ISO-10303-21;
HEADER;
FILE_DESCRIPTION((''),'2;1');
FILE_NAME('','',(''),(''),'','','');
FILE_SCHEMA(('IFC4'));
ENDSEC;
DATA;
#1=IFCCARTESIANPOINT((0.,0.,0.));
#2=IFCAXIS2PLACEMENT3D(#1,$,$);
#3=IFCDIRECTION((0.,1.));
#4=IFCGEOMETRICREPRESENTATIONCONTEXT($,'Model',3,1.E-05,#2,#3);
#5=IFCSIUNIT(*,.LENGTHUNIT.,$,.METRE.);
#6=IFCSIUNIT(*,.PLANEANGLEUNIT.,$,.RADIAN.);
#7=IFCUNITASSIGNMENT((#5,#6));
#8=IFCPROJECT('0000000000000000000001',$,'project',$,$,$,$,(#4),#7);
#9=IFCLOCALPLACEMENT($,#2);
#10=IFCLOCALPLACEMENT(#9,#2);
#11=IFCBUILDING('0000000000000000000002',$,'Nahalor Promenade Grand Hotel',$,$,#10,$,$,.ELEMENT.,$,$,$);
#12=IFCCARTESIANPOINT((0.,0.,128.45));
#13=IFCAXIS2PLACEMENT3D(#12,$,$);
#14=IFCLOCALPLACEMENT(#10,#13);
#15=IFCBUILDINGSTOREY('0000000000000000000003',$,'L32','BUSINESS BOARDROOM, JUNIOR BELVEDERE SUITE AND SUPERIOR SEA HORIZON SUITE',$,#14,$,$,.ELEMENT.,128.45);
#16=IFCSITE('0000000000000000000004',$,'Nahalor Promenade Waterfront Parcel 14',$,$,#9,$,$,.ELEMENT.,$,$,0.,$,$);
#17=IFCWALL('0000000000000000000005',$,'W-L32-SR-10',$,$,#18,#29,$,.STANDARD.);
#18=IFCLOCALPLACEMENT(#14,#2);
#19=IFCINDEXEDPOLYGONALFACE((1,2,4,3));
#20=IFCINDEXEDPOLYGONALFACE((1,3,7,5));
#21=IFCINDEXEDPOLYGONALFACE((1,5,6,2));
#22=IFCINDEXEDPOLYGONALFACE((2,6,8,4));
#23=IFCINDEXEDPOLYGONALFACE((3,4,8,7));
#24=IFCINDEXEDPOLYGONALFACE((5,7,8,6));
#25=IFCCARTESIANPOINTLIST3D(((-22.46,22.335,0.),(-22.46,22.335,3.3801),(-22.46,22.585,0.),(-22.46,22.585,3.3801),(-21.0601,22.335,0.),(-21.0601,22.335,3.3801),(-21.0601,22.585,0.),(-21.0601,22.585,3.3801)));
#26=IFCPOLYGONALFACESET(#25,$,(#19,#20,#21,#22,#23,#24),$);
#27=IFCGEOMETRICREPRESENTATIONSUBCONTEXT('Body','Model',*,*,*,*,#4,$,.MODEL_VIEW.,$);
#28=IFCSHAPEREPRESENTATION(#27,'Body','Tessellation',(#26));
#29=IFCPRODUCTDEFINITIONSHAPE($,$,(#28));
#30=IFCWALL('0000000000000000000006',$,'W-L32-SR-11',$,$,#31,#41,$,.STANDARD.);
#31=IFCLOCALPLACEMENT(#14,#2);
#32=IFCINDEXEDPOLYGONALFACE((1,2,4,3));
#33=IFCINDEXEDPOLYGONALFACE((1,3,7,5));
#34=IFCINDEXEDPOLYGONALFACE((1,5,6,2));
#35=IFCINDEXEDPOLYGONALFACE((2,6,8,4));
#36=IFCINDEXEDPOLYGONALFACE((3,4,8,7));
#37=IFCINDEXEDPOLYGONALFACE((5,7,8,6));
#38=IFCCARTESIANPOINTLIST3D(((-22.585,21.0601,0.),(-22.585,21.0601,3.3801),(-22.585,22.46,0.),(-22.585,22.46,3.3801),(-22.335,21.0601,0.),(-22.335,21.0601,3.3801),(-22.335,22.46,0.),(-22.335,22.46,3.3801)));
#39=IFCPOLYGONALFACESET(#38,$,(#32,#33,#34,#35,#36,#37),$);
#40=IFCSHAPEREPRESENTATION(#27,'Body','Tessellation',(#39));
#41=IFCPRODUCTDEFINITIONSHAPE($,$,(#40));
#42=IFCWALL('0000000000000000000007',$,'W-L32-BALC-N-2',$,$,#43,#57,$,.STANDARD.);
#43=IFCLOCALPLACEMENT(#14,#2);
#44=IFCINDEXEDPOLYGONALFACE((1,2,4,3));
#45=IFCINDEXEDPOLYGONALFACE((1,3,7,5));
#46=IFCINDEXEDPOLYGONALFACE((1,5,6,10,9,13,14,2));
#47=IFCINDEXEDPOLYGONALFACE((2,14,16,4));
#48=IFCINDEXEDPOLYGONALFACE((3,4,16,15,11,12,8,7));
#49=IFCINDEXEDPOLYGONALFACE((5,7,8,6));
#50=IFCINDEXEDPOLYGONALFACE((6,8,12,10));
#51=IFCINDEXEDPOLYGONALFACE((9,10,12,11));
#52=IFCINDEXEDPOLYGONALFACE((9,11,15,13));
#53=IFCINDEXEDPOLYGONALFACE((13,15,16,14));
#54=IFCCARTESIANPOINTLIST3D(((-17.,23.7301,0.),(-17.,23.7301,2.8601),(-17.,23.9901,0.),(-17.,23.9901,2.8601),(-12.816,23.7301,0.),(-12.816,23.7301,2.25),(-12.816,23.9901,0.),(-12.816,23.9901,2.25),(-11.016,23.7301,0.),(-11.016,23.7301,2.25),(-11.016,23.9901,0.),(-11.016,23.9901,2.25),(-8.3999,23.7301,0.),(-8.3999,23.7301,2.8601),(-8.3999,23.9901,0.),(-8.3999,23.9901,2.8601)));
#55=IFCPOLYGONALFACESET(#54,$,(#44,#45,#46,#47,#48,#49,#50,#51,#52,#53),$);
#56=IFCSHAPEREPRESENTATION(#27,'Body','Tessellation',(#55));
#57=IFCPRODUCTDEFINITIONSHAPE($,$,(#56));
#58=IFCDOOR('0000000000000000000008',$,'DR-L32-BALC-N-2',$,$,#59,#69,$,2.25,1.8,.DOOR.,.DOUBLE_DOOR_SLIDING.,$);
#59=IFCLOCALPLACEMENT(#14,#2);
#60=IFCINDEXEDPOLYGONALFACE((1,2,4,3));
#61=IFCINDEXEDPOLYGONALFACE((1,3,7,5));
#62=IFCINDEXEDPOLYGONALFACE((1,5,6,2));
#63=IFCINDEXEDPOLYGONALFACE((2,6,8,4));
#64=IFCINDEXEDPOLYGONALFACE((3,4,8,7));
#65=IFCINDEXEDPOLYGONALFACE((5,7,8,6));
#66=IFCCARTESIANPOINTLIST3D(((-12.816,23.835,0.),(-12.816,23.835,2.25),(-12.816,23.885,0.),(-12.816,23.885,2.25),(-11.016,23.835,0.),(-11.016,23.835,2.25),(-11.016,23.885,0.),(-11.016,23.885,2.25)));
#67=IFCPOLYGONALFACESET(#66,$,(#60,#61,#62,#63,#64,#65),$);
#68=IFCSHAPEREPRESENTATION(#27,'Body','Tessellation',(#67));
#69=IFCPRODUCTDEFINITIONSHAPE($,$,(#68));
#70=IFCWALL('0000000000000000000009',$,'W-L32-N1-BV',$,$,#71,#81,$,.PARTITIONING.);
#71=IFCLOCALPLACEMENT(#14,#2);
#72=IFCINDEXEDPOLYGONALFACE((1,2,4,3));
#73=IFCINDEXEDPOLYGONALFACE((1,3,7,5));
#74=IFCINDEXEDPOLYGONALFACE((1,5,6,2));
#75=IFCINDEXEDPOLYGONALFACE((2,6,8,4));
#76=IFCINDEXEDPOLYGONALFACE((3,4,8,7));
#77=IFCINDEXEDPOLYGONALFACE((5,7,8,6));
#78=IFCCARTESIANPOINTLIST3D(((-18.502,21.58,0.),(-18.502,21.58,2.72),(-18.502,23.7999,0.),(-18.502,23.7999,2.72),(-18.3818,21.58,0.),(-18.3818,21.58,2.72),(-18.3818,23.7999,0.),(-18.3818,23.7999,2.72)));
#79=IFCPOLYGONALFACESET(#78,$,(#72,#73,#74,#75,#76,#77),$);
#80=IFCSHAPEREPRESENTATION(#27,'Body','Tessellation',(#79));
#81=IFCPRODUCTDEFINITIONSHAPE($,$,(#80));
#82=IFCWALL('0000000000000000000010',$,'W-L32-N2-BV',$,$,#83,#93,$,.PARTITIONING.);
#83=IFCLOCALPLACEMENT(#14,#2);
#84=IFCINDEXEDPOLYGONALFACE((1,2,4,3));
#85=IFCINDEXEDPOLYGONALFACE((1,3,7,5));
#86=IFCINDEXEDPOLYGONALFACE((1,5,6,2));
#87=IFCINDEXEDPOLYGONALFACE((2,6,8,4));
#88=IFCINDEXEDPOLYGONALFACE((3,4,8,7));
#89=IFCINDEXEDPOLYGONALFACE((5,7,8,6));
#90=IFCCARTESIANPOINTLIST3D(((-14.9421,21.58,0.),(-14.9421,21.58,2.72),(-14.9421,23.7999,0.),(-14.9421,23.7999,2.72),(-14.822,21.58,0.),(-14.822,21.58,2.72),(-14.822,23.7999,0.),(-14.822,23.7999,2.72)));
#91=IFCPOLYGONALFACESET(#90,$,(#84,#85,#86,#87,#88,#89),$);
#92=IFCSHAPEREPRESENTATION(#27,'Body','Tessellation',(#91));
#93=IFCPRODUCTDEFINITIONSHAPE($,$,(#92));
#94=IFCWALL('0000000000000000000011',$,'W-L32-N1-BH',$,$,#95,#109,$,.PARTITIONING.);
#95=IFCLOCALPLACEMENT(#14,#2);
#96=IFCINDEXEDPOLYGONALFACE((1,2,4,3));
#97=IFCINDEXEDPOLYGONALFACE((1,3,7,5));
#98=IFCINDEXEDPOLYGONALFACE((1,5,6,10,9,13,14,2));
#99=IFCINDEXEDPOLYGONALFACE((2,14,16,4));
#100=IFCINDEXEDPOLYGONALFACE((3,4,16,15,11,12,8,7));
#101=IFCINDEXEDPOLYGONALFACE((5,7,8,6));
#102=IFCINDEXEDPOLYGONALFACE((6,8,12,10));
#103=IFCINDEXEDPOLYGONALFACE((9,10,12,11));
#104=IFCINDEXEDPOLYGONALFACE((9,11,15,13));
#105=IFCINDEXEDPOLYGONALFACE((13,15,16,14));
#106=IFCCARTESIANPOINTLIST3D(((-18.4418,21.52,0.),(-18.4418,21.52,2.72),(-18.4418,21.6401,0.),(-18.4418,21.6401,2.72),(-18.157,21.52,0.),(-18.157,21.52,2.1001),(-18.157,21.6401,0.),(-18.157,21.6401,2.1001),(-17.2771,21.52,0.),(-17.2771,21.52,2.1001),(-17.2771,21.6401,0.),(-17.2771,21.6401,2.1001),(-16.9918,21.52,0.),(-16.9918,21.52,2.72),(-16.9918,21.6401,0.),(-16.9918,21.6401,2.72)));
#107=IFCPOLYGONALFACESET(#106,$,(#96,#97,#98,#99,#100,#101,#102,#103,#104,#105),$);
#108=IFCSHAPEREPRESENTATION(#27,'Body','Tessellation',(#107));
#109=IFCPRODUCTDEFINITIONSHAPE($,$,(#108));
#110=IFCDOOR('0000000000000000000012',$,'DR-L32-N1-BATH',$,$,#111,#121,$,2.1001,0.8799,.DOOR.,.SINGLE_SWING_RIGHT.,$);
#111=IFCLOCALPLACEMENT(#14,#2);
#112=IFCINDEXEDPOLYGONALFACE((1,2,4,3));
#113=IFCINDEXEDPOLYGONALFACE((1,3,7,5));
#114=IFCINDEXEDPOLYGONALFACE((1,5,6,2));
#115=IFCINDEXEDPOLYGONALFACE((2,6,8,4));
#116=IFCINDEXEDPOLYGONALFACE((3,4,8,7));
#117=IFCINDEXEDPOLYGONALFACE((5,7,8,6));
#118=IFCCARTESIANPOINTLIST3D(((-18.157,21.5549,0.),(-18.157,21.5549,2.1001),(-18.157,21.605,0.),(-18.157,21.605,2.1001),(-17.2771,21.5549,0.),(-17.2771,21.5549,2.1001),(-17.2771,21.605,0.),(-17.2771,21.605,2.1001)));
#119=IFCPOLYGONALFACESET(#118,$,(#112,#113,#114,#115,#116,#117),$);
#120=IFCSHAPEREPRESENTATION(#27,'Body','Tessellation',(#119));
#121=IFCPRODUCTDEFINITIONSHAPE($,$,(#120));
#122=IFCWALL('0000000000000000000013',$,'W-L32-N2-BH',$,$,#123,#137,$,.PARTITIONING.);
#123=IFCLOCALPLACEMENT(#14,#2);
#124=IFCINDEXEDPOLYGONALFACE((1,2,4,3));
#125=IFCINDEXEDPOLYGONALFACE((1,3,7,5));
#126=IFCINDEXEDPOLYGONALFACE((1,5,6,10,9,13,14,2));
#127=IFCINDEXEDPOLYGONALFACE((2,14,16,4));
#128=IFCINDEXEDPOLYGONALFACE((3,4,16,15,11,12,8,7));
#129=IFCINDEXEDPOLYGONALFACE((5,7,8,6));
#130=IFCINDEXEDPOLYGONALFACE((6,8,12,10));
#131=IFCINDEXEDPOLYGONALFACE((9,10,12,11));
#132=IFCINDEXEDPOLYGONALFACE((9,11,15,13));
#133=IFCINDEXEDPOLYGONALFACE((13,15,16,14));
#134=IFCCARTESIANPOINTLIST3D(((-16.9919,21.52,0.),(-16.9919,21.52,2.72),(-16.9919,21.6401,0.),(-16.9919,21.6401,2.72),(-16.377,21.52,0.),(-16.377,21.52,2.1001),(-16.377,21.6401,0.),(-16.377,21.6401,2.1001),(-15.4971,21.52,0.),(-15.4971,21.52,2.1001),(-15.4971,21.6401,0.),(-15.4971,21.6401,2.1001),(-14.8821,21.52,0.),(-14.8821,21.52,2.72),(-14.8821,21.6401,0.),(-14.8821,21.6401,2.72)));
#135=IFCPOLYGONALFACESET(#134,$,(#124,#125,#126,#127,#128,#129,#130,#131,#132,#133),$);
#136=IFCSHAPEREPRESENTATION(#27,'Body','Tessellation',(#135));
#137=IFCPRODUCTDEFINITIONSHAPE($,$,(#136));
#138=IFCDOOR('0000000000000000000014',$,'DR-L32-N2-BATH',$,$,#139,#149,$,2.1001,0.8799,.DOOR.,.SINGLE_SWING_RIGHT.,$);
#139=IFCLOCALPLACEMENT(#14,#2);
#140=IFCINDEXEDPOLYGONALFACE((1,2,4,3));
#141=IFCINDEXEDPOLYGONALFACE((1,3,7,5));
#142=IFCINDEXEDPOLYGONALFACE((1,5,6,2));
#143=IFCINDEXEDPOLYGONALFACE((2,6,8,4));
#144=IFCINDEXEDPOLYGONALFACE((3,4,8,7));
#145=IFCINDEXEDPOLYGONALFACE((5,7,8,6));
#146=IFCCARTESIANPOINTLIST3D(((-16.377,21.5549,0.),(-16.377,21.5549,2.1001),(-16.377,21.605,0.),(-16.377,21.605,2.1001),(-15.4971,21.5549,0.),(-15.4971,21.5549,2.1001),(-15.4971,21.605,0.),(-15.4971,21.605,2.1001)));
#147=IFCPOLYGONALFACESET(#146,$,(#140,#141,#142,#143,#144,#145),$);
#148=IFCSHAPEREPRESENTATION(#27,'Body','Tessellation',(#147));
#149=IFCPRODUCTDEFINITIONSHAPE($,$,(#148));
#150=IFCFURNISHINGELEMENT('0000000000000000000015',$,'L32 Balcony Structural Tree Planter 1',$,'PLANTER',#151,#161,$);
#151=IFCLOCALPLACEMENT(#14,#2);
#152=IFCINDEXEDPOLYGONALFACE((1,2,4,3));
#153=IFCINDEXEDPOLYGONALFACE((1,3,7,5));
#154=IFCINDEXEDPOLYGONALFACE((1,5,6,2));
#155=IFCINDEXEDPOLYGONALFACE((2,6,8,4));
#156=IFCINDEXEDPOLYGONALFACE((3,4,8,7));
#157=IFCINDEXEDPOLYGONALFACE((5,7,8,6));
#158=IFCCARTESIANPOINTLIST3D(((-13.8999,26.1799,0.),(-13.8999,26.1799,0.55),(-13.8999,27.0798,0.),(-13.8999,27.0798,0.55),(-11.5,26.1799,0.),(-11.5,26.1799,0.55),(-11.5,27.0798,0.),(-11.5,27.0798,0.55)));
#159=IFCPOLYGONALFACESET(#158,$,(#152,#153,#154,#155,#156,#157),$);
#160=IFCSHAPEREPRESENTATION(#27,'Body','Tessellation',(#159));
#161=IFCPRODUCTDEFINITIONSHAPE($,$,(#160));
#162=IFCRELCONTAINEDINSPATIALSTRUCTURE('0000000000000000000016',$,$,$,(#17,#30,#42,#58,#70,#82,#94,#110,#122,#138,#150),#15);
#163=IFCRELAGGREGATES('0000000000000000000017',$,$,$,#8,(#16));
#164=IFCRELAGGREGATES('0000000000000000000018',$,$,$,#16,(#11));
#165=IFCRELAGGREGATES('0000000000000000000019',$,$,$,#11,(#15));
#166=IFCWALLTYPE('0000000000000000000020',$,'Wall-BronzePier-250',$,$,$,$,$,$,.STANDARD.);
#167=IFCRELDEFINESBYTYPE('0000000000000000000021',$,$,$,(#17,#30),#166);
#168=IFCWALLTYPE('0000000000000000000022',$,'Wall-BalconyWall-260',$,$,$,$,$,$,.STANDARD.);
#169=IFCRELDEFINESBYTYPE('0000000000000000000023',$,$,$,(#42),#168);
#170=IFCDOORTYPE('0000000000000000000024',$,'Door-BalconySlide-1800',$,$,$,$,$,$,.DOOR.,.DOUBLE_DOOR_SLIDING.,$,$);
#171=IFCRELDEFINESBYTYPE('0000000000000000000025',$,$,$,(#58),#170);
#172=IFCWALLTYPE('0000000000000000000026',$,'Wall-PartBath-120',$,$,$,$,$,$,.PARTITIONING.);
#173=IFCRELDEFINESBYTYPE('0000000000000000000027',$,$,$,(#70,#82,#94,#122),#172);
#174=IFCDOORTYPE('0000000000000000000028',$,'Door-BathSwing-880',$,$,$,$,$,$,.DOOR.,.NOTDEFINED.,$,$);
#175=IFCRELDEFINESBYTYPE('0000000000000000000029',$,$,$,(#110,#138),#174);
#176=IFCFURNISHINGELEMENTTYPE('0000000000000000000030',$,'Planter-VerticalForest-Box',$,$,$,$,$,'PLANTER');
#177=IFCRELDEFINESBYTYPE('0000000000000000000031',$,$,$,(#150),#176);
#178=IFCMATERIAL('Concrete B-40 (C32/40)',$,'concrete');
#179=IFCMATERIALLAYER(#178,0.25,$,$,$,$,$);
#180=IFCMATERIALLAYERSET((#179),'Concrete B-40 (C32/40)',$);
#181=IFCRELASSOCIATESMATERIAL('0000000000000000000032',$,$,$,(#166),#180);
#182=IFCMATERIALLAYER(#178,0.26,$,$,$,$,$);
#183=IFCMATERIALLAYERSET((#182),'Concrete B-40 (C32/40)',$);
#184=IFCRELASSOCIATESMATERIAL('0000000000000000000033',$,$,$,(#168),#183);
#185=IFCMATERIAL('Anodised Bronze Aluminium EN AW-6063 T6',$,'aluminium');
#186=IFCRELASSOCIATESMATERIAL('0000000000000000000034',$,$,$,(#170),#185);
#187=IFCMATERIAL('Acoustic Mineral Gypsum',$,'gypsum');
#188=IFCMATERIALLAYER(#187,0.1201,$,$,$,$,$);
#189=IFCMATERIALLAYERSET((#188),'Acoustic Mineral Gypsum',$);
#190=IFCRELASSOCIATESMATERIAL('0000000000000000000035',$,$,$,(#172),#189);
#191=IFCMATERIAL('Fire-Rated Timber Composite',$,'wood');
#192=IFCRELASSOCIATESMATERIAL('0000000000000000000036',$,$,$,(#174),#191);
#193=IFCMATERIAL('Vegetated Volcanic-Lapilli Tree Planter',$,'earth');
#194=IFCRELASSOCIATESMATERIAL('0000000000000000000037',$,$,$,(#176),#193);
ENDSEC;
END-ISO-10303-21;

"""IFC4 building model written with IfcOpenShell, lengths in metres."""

from ifc_helpers import new_model, si_unit, direction, frame, frame_2d, origin, origin_2d, place, context, subcontext, project, spatial, rectangle, extrude, source, transform, mapped, material, layer, layer_set, type_object, element, fill, save


model = new_model("IFC4")

# Units and contexts
model_context = context("Model", 3, precision=1e-05, world=origin(), true_north=direction((0.0, 1.0)))
body_context = subcontext(model_context, "Body", "Model", "MODEL_VIEW")
ifc_project = project(units=[si_unit("LENGTHUNIT", "METRE"), si_unit("PLANEANGLEUNIT", "RADIAN")], contexts=[model_context])

# Site, building, storey
site_placement = place(None, origin())
site = spatial("IfcSite", under=ifc_project, at=site_placement, Name="Nahalor Promenade Waterfront Parcel 14", CompositionType="ELEMENT", RefElevation=0.0)
building_placement = place(site_placement, origin())
building = spatial("IfcBuilding", under=site, at=building_placement, Name="Nahalor Promenade Grand Hotel", CompositionType="ELEMENT")
storey_placement = place(building_placement, frame((0.0, 0.0, 128.45)))
storey = spatial("IfcBuildingStorey", under=building, at=storey_placement, Name="L32", Description="BUSINESS BOARDROOM, JUNIOR BELVEDERE SUITE AND SUPERIOR SEA HORIZON SUITE", CompositionType="ELEMENT", Elevation=128.45)

# Shared definitions
ifc_material_1 = material(Name="Anodised Bronze Aluminium EN AW-6063 T6", Category="aluminium")

# Walls
ifc_material_2 = material(Name="Concrete B-40 (C32/40)", Category="concrete")
ifc_layer_1 = layer(ifc_material_2, 0.25)
ifc_layer_set_1 = layer_set([ifc_layer_1], Name="Concrete B-40 (C32/40)")
wall_type_1 = type_object("IfcWallType", Name="Wall-BronzePier-250", PredefinedType="STANDARD", material=ifc_layer_set_1)
shared_shape_1 = source(origin(), body_context, "Body", "SweptSolid", [
    extrude(rectangle(XDim=1.3999, YDim=0.25, at=frame_2d((0.7, 0.0))), origin(), (0.0, 0.0, 1.0), 3.3801),
])
for number, where, z_axis, x_axis, name in (
    (1, (-22.46, 22.46, 0.0), (0.0, 0.0, 1.0), (1.0, 0.0, 0.0), "W-L32-SR-10"),
    (2, (-22.46, 21.0601, 0.0), (0.0, 0.0, 1.0), (0.0, 1.0, 0.0), "W-L32-SR-11"),
):
    element("IfcWall", number, at=place(storey_placement, frame(where, z_axis=z_axis, x_axis=x_axis)), inside=storey, type_object=wall_type_1, Name=name, PredefinedType="STANDARD", context=body_context, shape_type="MappedRepresentation", body=[
        mapped(shared_shape_1, transform((0.0, 0.0, 0.0), scale=1.0)),
    ])

# Wall, opening, door
ifc_layer_2 = layer(ifc_material_2, 0.26)
ifc_layer_set_2 = layer_set([ifc_layer_2], Name="Concrete B-40 (C32/40)")
wall_type_2 = type_object("IfcWallType", Name="Wall-BalconyWall-260", PredefinedType="STANDARD", material=ifc_layer_set_2)
shared_shape_2 = source(origin(), body_context, "Body", "SweptSolid", [
    extrude(rectangle(XDim=8.6001, YDim=0.26, at=frame_2d((4.3, 0.0))), origin(), (0.0, 0.0, 1.0), 2.8601),
])
wall_1_placement = place(storey_placement, frame((-17.0, 23.8601, 0.0), z_axis=(0.0, 0.0, 1.0), x_axis=(1.0, 0.0, 0.0)))
wall_1 = element("IfcWall", 3, at=wall_1_placement, inside=storey, type_object=wall_type_2, Name="W-L32-BALC-N-2", PredefinedType="STANDARD", context=body_context, shape_type="MappedRepresentation", body=[
    mapped(shared_shape_2, transform((0.0, 0.0, 0.0), scale=1.0)),
])
opening_1_placement = place(wall_1_placement, frame((4.1841, 0.0, 0.0)))
opening_1 = element("IfcOpeningElement", 4, at=opening_1_placement, cuts=wall_1, PredefinedType="OPENING", context=body_context, shape_type="SweptSolid", body=[
    extrude(rectangle(XDim=1.8, YDim=2.25, at=frame_2d((0.8999, 1.125))), frame((0.0, 0.1399, 0.0), z_axis=(0.0, -1.0, 0.0), x_axis=(1.0, 0.0, 0.0)), (0.0, 0.0, 1.0), 0.28),
])
door_type_1 = type_object("IfcDoorType", Name="Door-BalconySlide-1800", OperationType="DOUBLE_DOOR_SLIDING", PredefinedType="DOOR", material=ifc_material_1)
shared_shape_3 = source(origin(), body_context, "Body", "SweptSolid", [
    extrude(rectangle(XDim=1.8, YDim=2.25, at=frame_2d((0.8999, 1.125))), frame((0.0, 0.0249, 0.0), z_axis=(0.0, -1.0, 0.0), x_axis=(1.0, 0.0, 0.0)), (0.0, 0.0, 1.0), 0.05),
])
door_1_placement = place(opening_1_placement, origin())
door_1 = element("IfcDoor", 5, at=door_1_placement, inside=storey, type_object=door_type_1, Name="DR-L32-BALC-N-2", OperationType="DOUBLE_DOOR_SLIDING", OverallHeight=2.25, OverallWidth=1.8, PredefinedType="DOOR", context=body_context, shape_type="MappedRepresentation", body=[
    mapped(shared_shape_3, transform((0.0, 0.0, 0.0), scale=1.0)),
])
fill(opening_1, door_1)

# Walls
ifc_material_3 = material(Name="Acoustic Mineral Gypsum", Category="gypsum")
ifc_layer_3 = layer(ifc_material_3, 0.1201)
ifc_layer_set_3 = layer_set([ifc_layer_3], Name="Acoustic Mineral Gypsum")
wall_type_3 = type_object("IfcWallType", Name="Wall-PartBath-120", PredefinedType="PARTITIONING", material=ifc_layer_set_3)
shared_shape_4 = source(origin(), body_context, "Body", "SweptSolid", [
    extrude(rectangle(XDim=2.22, YDim=0.1201, at=frame_2d((1.1099, 0.0))), origin(), (0.0, 0.0, 1.0), 2.72),
])
for number, where, z_axis, x_axis, name in (
    (6, (-18.4419, 21.5801, 0.0), (0.0, 0.0, 1.0), (0.0, 1.0, 0.0), "W-L32-N1-BV"),
    (7, (-14.8821, 21.5801, 0.0), (0.0, 0.0, 1.0), (0.0, 1.0, 0.0), "W-L32-N2-BV"),
):
    element("IfcWall", number, at=place(storey_placement, frame(where, z_axis=z_axis, x_axis=x_axis)), inside=storey, type_object=wall_type_3, Name=name, PredefinedType="PARTITIONING", context=body_context, shape_type="MappedRepresentation", body=[
        mapped(shared_shape_4, transform((0.0, 0.0, 0.0), scale=1.0)),
    ])

# Walls, openings, doors
shared_shape_5 = source(origin(), body_context, "Body", "SweptSolid", [
    extrude(rectangle(XDim=1.45, YDim=0.1201, at=frame_2d((0.7251, 0.0))), origin(), (0.0, 0.0, 1.0), 2.72),
])
wall_2_placement = place(storey_placement, frame((-18.4419, 21.5801, 0.0), z_axis=(0.0, 0.0, 1.0), x_axis=(1.0, 0.0, 0.0)))
wall_2 = element("IfcWall", 8, at=wall_2_placement, inside=storey, type_object=wall_type_3, Name="W-L32-N1-BH", PredefinedType="PARTITIONING", context=body_context, shape_type="MappedRepresentation", body=[
    mapped(shared_shape_5, transform((0.0, 0.0, 0.0), scale=1.0)),
])
opening_2_placement = place(wall_2_placement, frame((0.2849, 0.0, 0.0)))
opening_2 = element("IfcOpeningElement", 9, at=opening_2_placement, cuts=wall_2, PredefinedType="OPENING", context=body_context, shape_type="SweptSolid", body=[
    extrude(rectangle(XDim=0.8799, YDim=2.1001, at=frame_2d((0.4399, 1.05))), frame((0.0, 0.0701, 0.0), z_axis=(0.0, -1.0, 0.0), x_axis=(1.0, 0.0, 0.0)), (0.0, 0.0, 1.0), 0.1401),
])
ifc_material_4 = material(Name="Fire-Rated Timber Composite", Category="wood")
door_type_2 = type_object("IfcDoorType", Name="Door-BathSwing-880", OperationType="NOTDEFINED", PredefinedType="DOOR", material=ifc_material_4)
shared_shape_6 = source(origin(), body_context, "Body", "SweptSolid", [
    extrude(rectangle(XDim=0.8799, YDim=2.1001, at=frame_2d((0.4399, 1.05))), frame((0.0, 0.0249, 0.0), z_axis=(0.0, -1.0, 0.0), x_axis=(1.0, 0.0, 0.0)), (0.0, 0.0, 1.0), 0.05),
])
door_2_placement = place(opening_2_placement, origin())
door_2 = element("IfcDoor", 10, at=door_2_placement, inside=storey, type_object=door_type_2, Name="DR-L32-N1-BATH", OperationType="SINGLE_SWING_RIGHT", OverallHeight=2.1001, OverallWidth=0.8799, PredefinedType="DOOR", context=body_context, shape_type="MappedRepresentation", body=[
    mapped(shared_shape_6, transform((0.0, 0.0, 0.0), scale=1.0)),
])
fill(opening_2, door_2)
shared_shape_7 = source(origin(), body_context, "Body", "SweptSolid", [
    extrude(rectangle(XDim=2.1099, YDim=0.1201, at=frame_2d((1.0549, 0.0))), origin(), (0.0, 0.0, 1.0), 2.72),
])
wall_3_placement = place(storey_placement, frame((-16.9919, 21.5801, 0.0), z_axis=(0.0, 0.0, 1.0), x_axis=(1.0, 0.0, 0.0)))
wall_3 = element("IfcWall", 11, at=wall_3_placement, inside=storey, type_object=wall_type_3, Name="W-L32-N2-BH", PredefinedType="PARTITIONING", context=body_context, shape_type="MappedRepresentation", body=[
    mapped(shared_shape_7, transform((0.0, 0.0, 0.0), scale=1.0)),
])
opening_3_placement = place(wall_3_placement, frame((0.615, 0.0, 0.0)))
opening_3 = element("IfcOpeningElement", 12, at=opening_3_placement, cuts=wall_3, PredefinedType="OPENING", context=body_context, shape_type="SweptSolid", body=[
    extrude(rectangle(XDim=0.8799, YDim=2.1001, at=frame_2d((0.4399, 1.05))), frame((0.0, 0.0701, 0.0), z_axis=(0.0, -1.0, 0.0), x_axis=(1.0, 0.0, 0.0)), (0.0, 0.0, 1.0), 0.1401),
])
door_3_placement = place(opening_3_placement, origin())
door_3 = element("IfcDoor", 13, at=door_3_placement, inside=storey, type_object=door_type_2, Name="DR-L32-N2-BATH", OperationType="SINGLE_SWING_RIGHT", OverallHeight=2.1001, OverallWidth=0.8799, PredefinedType="DOOR", context=body_context, shape_type="MappedRepresentation", body=[
    mapped(shared_shape_6, transform((0.0, 0.0, 0.0), scale=1.0)),
])
fill(opening_3, door_3)

# Furnishing element
ifc_material_5 = material(Name="Vegetated Volcanic-Lapilli Tree Planter", Category="earth")
furnishing_element_type = type_object("IfcFurnishingElementType", Name="Planter-VerticalForest-Box", ElementType="PLANTER", material=ifc_material_5)
shared_shape_8 = source(origin(), body_context, "Body", "SweptSolid", [
    extrude(rectangle(XDim=2.3999, YDim=0.8999, at=origin_2d()), origin(), (0.0, 0.0, 1.0), 0.55),
])
furnishing_placement = place(storey_placement, frame((-12.7, 26.6299, 0.0), z_axis=(0.0, 0.0, 1.0), x_axis=(1.0, 0.0, 0.0)))
element("IfcFurnishingElement", 14, at=furnishing_placement, inside=storey, type_object=furnishing_element_type, Name="L32 Balcony Structural Tree Planter 1", ObjectType="PLANTER", context=body_context, shape_type="MappedRepresentation", body=[
    mapped(shared_shape_8, transform((0.0, 0.0, 0.0), scale=1.0)),
])

save(model, "model.ifc")
